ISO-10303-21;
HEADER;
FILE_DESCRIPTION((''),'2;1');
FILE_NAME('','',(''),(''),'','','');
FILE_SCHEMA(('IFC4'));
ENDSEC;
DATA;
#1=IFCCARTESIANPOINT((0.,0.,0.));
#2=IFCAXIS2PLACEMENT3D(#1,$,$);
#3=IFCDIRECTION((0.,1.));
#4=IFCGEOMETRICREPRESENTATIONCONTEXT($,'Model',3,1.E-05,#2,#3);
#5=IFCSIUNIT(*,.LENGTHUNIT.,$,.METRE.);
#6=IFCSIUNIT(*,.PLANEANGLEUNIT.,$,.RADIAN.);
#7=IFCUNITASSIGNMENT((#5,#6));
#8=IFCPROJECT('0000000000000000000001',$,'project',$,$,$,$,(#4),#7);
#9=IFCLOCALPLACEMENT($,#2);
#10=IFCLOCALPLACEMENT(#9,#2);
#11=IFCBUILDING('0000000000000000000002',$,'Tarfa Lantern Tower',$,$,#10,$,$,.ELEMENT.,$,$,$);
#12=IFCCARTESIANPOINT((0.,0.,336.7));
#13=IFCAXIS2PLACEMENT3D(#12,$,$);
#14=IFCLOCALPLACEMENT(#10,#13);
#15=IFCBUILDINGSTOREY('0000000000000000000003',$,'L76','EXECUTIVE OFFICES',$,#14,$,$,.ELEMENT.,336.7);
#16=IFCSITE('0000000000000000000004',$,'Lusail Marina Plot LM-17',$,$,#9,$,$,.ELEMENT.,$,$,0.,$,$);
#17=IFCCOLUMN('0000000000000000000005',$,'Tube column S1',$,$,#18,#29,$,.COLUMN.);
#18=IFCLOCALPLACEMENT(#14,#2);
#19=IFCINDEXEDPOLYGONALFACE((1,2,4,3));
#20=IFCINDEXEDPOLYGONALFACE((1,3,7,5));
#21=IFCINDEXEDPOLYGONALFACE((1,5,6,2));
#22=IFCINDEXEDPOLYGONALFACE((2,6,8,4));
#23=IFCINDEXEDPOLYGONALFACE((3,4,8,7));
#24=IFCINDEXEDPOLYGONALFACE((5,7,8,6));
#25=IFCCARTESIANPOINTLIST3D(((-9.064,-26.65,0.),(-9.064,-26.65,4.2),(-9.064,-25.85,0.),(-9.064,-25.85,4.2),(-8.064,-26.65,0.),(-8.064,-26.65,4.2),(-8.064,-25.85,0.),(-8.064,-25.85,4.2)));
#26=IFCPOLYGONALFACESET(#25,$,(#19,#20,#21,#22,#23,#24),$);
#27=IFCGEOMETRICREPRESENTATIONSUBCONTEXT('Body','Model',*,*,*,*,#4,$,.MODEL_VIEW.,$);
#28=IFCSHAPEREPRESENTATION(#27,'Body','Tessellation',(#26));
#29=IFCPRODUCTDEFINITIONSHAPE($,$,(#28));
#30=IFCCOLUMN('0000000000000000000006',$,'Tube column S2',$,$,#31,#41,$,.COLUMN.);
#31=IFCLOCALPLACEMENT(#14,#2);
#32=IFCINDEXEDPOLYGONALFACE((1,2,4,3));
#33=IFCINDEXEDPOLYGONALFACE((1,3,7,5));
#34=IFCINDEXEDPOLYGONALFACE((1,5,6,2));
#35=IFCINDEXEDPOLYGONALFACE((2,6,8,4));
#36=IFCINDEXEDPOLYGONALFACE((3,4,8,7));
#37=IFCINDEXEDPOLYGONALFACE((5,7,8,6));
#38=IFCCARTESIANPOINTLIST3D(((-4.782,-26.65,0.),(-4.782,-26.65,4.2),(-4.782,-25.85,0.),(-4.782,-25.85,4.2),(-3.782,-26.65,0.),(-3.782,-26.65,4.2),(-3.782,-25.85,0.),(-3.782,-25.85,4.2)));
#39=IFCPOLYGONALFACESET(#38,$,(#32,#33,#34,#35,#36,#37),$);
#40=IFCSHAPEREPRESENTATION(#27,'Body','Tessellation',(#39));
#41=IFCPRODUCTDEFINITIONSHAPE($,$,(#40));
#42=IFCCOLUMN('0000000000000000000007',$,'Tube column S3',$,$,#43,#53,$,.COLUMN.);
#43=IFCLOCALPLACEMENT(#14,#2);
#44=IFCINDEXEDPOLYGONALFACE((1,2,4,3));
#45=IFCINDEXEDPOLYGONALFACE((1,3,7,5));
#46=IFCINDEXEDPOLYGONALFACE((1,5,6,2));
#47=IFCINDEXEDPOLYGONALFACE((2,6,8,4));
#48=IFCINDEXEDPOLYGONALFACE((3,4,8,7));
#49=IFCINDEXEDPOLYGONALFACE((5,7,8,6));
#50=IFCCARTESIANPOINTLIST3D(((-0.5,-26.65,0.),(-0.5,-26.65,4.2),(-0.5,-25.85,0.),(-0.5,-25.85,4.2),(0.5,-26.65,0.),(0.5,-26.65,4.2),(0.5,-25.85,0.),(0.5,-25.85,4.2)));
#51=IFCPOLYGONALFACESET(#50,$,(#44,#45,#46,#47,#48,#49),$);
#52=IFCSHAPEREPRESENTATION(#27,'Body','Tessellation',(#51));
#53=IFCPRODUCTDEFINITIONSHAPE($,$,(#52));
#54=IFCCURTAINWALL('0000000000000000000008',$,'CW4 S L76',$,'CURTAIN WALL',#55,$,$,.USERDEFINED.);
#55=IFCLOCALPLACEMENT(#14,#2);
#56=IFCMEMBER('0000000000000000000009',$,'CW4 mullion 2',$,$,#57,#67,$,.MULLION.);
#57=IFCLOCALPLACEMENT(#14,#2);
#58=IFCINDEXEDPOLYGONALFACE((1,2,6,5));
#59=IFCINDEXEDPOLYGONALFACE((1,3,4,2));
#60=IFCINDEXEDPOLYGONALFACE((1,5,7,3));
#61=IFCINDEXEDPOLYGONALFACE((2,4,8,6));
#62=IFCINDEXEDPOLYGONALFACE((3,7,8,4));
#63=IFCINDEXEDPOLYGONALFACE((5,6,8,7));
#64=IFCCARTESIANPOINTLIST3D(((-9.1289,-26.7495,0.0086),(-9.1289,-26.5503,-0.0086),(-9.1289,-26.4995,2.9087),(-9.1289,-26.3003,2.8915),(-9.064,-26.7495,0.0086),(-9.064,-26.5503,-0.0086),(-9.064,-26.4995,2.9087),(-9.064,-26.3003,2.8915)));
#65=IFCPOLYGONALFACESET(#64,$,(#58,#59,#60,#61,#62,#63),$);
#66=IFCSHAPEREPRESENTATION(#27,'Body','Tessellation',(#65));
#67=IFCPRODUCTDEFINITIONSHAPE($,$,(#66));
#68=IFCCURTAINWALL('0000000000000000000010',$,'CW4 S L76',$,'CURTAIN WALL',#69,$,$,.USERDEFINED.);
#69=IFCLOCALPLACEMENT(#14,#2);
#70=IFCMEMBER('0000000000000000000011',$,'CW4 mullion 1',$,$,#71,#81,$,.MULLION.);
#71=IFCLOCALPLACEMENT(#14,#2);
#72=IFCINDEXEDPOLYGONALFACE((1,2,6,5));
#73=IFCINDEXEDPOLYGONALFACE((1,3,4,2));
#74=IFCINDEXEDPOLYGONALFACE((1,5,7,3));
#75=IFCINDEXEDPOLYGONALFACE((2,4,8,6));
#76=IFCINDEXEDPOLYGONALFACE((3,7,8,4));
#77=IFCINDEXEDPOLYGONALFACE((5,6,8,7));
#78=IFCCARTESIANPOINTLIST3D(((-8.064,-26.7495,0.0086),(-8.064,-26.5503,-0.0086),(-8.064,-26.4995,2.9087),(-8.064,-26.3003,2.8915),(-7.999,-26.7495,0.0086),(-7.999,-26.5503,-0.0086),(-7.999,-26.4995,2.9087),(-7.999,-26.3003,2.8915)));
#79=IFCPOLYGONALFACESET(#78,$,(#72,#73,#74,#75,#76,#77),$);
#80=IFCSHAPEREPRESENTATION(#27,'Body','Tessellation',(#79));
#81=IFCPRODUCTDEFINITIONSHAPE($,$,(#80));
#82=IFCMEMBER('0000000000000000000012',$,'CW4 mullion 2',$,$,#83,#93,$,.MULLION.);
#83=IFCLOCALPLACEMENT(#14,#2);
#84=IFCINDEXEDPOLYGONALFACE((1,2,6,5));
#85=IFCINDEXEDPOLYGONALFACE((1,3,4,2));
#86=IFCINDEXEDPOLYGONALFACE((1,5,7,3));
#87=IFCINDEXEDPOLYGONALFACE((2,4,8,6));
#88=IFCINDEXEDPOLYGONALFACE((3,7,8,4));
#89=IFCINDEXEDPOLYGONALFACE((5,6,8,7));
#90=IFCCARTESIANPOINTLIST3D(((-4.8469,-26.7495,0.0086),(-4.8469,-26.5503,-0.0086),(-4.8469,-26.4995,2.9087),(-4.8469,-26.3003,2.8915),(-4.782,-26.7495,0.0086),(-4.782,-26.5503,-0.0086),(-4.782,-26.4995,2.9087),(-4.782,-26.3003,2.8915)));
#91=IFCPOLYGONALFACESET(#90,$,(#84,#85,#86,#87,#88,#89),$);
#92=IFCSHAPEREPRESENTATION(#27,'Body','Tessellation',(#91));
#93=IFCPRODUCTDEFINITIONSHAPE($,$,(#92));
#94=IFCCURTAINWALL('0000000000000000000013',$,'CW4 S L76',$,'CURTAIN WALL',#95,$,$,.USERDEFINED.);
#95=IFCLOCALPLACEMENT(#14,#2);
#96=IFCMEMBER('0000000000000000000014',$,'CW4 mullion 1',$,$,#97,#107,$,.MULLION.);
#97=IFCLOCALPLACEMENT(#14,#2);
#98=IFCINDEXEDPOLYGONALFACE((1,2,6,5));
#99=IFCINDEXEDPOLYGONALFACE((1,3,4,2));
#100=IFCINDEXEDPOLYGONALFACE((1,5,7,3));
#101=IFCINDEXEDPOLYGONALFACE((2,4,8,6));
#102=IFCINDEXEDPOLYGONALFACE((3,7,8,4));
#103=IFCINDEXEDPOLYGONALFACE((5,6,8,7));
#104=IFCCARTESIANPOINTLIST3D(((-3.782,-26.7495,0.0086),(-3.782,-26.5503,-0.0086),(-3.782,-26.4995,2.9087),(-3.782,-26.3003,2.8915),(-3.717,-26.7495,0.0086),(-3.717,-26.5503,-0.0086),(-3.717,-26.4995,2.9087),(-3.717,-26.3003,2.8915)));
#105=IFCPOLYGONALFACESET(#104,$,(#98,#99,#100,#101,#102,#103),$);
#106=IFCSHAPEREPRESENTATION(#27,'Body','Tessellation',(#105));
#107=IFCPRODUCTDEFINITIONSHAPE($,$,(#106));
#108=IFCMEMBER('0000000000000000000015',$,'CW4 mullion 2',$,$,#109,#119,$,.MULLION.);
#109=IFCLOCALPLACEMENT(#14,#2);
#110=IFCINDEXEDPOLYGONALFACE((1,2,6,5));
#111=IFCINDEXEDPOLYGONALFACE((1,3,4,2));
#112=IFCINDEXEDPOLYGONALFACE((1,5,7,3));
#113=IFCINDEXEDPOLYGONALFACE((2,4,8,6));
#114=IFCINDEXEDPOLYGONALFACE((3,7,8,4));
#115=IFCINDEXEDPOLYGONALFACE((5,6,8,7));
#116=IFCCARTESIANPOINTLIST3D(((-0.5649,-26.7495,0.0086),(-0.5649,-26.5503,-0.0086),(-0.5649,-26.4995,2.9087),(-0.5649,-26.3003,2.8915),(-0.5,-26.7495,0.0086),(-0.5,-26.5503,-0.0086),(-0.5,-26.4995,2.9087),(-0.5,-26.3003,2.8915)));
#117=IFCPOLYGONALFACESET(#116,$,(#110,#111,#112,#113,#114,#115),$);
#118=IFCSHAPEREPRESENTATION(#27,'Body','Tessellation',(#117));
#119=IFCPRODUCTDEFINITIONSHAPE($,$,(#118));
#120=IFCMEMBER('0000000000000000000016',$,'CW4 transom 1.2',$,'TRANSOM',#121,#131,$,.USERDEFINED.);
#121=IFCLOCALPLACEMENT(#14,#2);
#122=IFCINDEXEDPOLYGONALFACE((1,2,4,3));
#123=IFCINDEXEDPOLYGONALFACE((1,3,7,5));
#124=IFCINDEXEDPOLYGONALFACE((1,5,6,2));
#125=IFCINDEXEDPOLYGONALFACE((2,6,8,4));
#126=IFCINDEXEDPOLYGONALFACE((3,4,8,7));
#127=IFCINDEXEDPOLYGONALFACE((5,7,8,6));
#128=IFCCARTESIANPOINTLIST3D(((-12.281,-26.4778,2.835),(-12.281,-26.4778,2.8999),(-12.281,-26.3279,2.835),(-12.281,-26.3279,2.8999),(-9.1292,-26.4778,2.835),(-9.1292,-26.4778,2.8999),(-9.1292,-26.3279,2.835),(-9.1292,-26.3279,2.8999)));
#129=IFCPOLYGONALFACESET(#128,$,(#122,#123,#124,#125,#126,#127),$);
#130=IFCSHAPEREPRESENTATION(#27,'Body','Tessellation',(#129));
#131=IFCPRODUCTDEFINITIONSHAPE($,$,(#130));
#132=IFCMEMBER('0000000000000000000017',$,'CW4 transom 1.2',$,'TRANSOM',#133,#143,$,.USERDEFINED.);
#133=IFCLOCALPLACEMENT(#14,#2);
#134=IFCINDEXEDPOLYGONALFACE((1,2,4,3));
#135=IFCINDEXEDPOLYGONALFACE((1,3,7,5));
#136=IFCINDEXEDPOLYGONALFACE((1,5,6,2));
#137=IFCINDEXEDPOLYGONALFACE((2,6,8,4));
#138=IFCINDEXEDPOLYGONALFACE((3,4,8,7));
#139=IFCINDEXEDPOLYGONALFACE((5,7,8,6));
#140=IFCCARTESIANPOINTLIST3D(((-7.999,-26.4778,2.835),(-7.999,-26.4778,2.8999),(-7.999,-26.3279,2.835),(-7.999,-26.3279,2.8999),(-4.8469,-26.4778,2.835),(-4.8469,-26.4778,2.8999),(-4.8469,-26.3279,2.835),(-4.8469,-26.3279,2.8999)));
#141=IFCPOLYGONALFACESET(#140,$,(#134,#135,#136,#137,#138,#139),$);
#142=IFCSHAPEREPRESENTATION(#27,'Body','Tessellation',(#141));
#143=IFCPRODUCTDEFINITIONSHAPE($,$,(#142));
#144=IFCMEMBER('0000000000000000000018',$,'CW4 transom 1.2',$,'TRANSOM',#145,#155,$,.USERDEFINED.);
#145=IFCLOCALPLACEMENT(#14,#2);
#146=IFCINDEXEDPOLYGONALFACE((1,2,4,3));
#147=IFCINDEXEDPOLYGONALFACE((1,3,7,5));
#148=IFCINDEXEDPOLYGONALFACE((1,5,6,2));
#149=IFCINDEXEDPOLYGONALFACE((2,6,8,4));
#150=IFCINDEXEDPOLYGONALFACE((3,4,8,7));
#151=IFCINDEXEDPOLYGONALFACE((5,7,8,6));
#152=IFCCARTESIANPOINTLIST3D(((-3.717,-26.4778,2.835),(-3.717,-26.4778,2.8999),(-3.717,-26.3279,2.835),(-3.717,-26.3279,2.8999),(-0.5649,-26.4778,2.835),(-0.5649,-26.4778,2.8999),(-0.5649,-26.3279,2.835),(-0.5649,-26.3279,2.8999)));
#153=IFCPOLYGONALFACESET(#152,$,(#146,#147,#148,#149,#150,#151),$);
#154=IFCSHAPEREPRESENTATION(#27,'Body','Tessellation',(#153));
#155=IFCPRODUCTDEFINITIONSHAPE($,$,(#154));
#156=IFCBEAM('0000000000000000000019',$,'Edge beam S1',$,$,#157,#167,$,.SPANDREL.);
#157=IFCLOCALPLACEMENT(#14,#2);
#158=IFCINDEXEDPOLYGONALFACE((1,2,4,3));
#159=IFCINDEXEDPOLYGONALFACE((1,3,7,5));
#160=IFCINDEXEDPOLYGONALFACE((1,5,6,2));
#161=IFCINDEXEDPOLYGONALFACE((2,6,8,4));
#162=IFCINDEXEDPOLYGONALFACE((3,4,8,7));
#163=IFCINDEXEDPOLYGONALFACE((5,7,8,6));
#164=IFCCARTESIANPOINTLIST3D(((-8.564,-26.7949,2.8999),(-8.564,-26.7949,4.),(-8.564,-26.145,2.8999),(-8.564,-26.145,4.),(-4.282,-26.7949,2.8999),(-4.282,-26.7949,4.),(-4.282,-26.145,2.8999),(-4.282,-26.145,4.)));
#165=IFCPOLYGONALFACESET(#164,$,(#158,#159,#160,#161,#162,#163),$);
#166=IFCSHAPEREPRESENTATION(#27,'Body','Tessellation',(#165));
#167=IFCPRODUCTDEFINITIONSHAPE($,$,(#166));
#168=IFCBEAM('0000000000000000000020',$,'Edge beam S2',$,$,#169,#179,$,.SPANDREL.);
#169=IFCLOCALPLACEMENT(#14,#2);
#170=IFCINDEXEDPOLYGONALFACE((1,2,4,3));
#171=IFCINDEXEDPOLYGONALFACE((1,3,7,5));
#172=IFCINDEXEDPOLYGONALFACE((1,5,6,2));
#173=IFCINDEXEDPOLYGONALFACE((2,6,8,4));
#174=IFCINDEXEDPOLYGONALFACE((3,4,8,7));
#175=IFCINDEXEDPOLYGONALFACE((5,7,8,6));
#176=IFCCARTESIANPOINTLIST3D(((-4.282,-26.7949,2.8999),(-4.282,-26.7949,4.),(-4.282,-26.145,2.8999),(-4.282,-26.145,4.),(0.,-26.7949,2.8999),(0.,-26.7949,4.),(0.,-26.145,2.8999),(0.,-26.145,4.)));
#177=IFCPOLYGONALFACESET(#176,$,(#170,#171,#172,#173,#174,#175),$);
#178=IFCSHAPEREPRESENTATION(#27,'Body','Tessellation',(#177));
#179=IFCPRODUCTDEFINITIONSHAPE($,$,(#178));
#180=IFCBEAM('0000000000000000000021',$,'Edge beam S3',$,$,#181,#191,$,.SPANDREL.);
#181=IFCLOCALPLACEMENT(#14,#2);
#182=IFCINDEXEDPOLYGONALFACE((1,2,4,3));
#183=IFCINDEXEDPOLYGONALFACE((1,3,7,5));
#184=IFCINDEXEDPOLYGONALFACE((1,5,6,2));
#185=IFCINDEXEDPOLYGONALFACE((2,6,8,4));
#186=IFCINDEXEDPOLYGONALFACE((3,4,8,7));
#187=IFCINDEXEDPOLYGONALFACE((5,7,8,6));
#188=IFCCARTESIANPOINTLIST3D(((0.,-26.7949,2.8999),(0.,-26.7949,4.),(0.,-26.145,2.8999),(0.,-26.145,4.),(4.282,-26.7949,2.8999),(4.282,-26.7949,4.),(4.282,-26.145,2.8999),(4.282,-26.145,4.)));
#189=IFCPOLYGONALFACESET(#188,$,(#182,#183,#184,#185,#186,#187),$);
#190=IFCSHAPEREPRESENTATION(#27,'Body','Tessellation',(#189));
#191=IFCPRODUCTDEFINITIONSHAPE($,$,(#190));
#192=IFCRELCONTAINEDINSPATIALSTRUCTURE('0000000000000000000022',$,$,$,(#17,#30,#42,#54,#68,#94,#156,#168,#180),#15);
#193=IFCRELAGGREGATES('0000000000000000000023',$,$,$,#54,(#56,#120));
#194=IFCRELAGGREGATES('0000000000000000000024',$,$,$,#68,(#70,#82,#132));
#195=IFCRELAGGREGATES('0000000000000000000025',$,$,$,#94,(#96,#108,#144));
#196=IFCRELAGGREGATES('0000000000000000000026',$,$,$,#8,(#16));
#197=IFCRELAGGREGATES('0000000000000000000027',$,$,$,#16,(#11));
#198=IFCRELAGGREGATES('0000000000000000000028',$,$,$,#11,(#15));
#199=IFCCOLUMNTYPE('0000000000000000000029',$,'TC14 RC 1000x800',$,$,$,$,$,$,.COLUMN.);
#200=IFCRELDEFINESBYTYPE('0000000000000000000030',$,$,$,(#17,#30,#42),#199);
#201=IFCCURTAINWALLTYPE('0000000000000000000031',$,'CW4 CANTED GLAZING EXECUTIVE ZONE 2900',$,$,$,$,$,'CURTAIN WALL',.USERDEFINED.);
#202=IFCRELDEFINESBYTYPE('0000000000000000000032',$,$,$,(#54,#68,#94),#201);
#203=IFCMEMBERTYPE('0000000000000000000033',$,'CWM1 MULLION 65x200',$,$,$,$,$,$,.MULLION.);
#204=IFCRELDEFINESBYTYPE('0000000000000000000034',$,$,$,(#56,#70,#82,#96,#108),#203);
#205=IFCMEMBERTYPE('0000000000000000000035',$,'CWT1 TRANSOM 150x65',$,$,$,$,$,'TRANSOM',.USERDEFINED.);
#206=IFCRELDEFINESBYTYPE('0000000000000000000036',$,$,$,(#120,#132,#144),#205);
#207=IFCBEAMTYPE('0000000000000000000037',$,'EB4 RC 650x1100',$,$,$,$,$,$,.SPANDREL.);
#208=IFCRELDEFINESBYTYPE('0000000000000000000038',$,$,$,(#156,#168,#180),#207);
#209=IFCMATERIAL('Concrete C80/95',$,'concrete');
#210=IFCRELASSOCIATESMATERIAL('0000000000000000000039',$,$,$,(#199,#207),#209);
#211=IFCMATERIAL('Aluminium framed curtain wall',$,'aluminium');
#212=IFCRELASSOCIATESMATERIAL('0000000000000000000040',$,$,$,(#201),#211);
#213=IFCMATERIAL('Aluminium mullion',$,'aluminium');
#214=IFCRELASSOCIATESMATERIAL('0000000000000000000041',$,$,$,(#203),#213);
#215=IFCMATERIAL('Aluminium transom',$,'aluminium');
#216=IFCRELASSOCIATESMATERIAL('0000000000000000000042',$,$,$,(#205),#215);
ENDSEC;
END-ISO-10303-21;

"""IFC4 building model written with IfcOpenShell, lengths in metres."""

from ifc_helpers import new_model, si_unit, direction, frame, origin, origin_2d, place, context, subcontext, project, spatial, rectangle, extrude, material, material_profile, profile_set, type_object, element, aggregate, save


model = new_model("IFC4")

# Units and contexts
model_context = context("Model", 3, precision=1e-05, world=origin(), true_north=direction((0.0, 1.0)))
body_context = subcontext(model_context, "Body", "Model", "MODEL_VIEW")
ifc_project = project(units=[si_unit("LENGTHUNIT", "METRE"), si_unit("PLANEANGLEUNIT", "RADIAN")], contexts=[model_context])

# Site, building, storey
site_placement = place(None, origin())
site = spatial("IfcSite", under=ifc_project, at=site_placement, Name="Lusail Marina Plot LM-17", CompositionType="ELEMENT", RefElevation=0.0)
building_placement = place(site_placement, origin())
building = spatial("IfcBuilding", under=site, at=building_placement, Name="Tarfa Lantern Tower", CompositionType="ELEMENT")
storey_placement = place(building_placement, frame((0.0, 0.0, 336.7)))
storey = spatial("IfcBuildingStorey", under=building, at=storey_placement, Name="L76", Description="EXECUTIVE OFFICES", CompositionType="ELEMENT", Elevation=336.7)

# Columns
ifc_material_1 = material(Name="Concrete C80/95", Category="concrete")
ifc_material_profile_1 = material_profile(ifc_material_1, rectangle(XDim=1.0, YDim=0.8, at=origin_2d()), Name="RC 1000x800")
ifc_profile_set_1 = profile_set([ifc_material_profile_1], Name="Concrete C80/95")
column_type = type_object("IfcColumnType", Name="TC14 RC 1000x800", PredefinedType="COLUMN", material=ifc_profile_set_1)
for number, where, z_axis, x_axis, name in (
    (1, (-8.564, -26.25, 0.0), (0.0, 0.0, 1.0), (1.0, 0.0, 0.0), "Tube column S1"),
    (2, (-4.282, -26.25, 0.0), (0.0, 0.0, 1.0), (1.0, 0.0, 0.0), "Tube column S2"),
    (3, (0.0, -26.25, 0.0), (0.0, 0.0, 1.0), (1.0, 0.0, 0.0), "Tube column S3"),
):
    element("IfcColumn", number, at=place(storey_placement, frame(where, z_axis=z_axis, x_axis=x_axis)), inside=storey, type_object=column_type, Name=name, PredefinedType="COLUMN", context=body_context, shape_type="SweptSolid", body=[
        extrude(rectangle(XDim=1.0, YDim=0.8, at=origin_2d()), origin(), (0.0, 0.0, 1.0), 4.2),
    ])

# Curtain wall, member
ifc_material_2 = material(Name="Aluminium framed curtain wall", Category="aluminium")
curtain_wall_type = type_object("IfcCurtainWallType", Name="CW4 CANTED GLAZING EXECUTIVE ZONE 2900", ElementType="CURTAIN WALL", PredefinedType="USERDEFINED", material=ifc_material_2)
curtain_wall_1_placement = place(storey_placement, origin())
curtain_wall_1 = element("IfcCurtainWall", 4, at=curtain_wall_1_placement, inside=storey, type_object=curtain_wall_type, Name="CW4 S L76", ObjectType="CURTAIN WALL", PredefinedType="USERDEFINED")
ifc_material_3 = material(Name="Aluminium mullion", Category="aluminium")
ifc_material_profile_2 = material_profile(ifc_material_3, rectangle(XDim=0.0649, YDim=0.2, at=origin_2d()), Name="AL MULLION 65x200")
ifc_profile_set_2 = profile_set([ifc_material_profile_2], Name="Aluminium mullion")
member_type_1 = type_object("IfcMemberType", Name="CWM1 MULLION 65x200", PredefinedType="MULLION", material=ifc_profile_set_2)
member_1_placement = place(storey_placement, frame((-9.0964, -26.6499, 0.0), z_axis=(0.0, 0.085884, 0.996305), x_axis=(-1.0, 0.0, 0.0)))
member_1 = element("IfcMember", 5, at=member_1_placement, type_object=member_type_1, Name="CW4 mullion 2", PredefinedType="MULLION", context=body_context, shape_type="SweptSolid", body=[
    extrude(rectangle(XDim=0.0649, YDim=0.2, at=origin_2d()), origin(), (0.0, 0.0, 1.0), 2.9109),
])

# Curtain walls, members
curtain_wall_2_placement = place(storey_placement, origin())
curtain_wall_2 = element("IfcCurtainWall", 6, at=curtain_wall_2_placement, inside=storey, type_object=curtain_wall_type, Name="CW4 S L76", ObjectType="CURTAIN WALL", PredefinedType="USERDEFINED")
member_2_placement = place(storey_placement, frame((-8.0315, -26.6499, 0.0), z_axis=(0.0, 0.085884, 0.996305), x_axis=(-1.0, 0.0, 0.0)))
member_2 = element("IfcMember", 7, at=member_2_placement, type_object=member_type_1, Name="CW4 mullion 1", PredefinedType="MULLION", context=body_context, shape_type="SweptSolid", body=[
    extrude(rectangle(XDim=0.0649, YDim=0.2, at=origin_2d()), origin(), (0.0, 0.0, 1.0), 2.9109),
])
member_3_placement = place(storey_placement, frame((-4.8145, -26.6499, 0.0), z_axis=(0.0, 0.085884, 0.996305), x_axis=(-1.0, 0.0, 0.0)))
member_3 = element("IfcMember", 8, at=member_3_placement, type_object=member_type_1, Name="CW4 mullion 2", PredefinedType="MULLION", context=body_context, shape_type="SweptSolid", body=[
    extrude(rectangle(XDim=0.0649, YDim=0.2, at=origin_2d()), origin(), (0.0, 0.0, 1.0), 2.9109),
])
curtain_wall_3_placement = place(storey_placement, origin())
curtain_wall_3 = element("IfcCurtainWall", 9, at=curtain_wall_3_placement, inside=storey, type_object=curtain_wall_type, Name="CW4 S L76", ObjectType="CURTAIN WALL", PredefinedType="USERDEFINED")
member_4_placement = place(storey_placement, frame((-3.7495, -26.6499, 0.0), z_axis=(0.0, 0.085884, 0.996305), x_axis=(-1.0, 0.0, 0.0)))
member_4 = element("IfcMember", 10, at=member_4_placement, type_object=member_type_1, Name="CW4 mullion 1", PredefinedType="MULLION", context=body_context, shape_type="SweptSolid", body=[
    extrude(rectangle(XDim=0.0649, YDim=0.2, at=origin_2d()), origin(), (0.0, 0.0, 1.0), 2.9109),
])
member_5_placement = place(storey_placement, frame((-0.5325, -26.6499, 0.0), z_axis=(0.0, 0.085884, 0.996305), x_axis=(-1.0, 0.0, 0.0)))
member_5 = element("IfcMember", 11, at=member_5_placement, type_object=member_type_1, Name="CW4 mullion 2", PredefinedType="MULLION", context=body_context, shape_type="SweptSolid", body=[
    extrude(rectangle(XDim=0.0649, YDim=0.2, at=origin_2d()), origin(), (0.0, 0.0, 1.0), 2.9109),
])

# Members
ifc_material_4 = material(Name="Aluminium transom", Category="aluminium")
ifc_material_profile_3 = material_profile(ifc_material_4, rectangle(XDim=0.1499, YDim=0.0649, at=origin_2d()), Name="AL TRANSOM 150x65")
ifc_profile_set_3 = profile_set([ifc_material_profile_3], Name="Aluminium transom")
member_type_2 = type_object("IfcMemberType", Name="CWT1 TRANSOM 150x65", ElementType="TRANSOM", PredefinedType="USERDEFINED", material=ifc_profile_set_3)
member_6_placement = place(storey_placement, frame((-12.281, -26.4028, 2.8674), z_axis=(1.0, 0.0, 0.0), x_axis=(0.0, 1.0, 0.0)))
member_6 = element("IfcMember", 12, at=member_6_placement, type_object=member_type_2, Name="CW4 transom 1.2", ObjectType="TRANSOM", PredefinedType="USERDEFINED", context=body_context, shape_type="SweptSolid", body=[
    extrude(rectangle(XDim=0.1499, YDim=0.0649, at=origin_2d()), origin(), (0.0, 0.0, 1.0), 3.1519),
])
aggregate(curtain_wall_1, [member_1, member_6])
member_7_placement = place(storey_placement, frame((-7.999, -26.4028, 2.8674), z_axis=(1.0, 0.0, 0.0), x_axis=(0.0, 1.0, 0.0)))
member_7 = element("IfcMember", 13, at=member_7_placement, type_object=member_type_2, Name="CW4 transom 1.2", ObjectType="TRANSOM", PredefinedType="USERDEFINED", context=body_context, shape_type="SweptSolid", body=[
    extrude(rectangle(XDim=0.1499, YDim=0.0649, at=origin_2d()), origin(), (0.0, 0.0, 1.0), 3.1521),
])
member_8_placement = place(storey_placement, frame((-3.717, -26.4028, 2.8674), z_axis=(1.0, 0.0, 0.0), x_axis=(0.0, 1.0, 0.0)))
member_8 = element("IfcMember", 14, at=member_8_placement, type_object=member_type_2, Name="CW4 transom 1.2", ObjectType="TRANSOM", PredefinedType="USERDEFINED", context=body_context, shape_type="SweptSolid", body=[
    extrude(rectangle(XDim=0.1499, YDim=0.0649, at=origin_2d()), origin(), (0.0, 0.0, 1.0), 3.1521),
])

# Beams
ifc_material_profile_4 = material_profile(ifc_material_1, rectangle(XDim=0.6499, YDim=1.1001, at=origin_2d()), Name="RC 650x1100")
ifc_profile_set_4 = profile_set([ifc_material_profile_4], Name="Concrete C80/95")
beam_type_1 = type_object("IfcBeamType", Name="EB4 RC 650x1100", PredefinedType="SPANDREL", material=ifc_profile_set_4)
for number, where, z_axis, x_axis, name in (
    (15, (-8.564, -26.47, 3.45), (1.0, 0.0, 0.0), (0.0, 1.0, 0.0), "Edge beam S1"),
    (16, (-4.282, -26.47, 3.45), (1.0, 0.0, 0.0), (0.0, 1.0, 0.0), "Edge beam S2"),
    (17, (0.0, -26.47, 3.45), (1.0, 0.0, 0.0), (0.0, 1.0, 0.0), "Edge beam S3"),
):
    element("IfcBeam", number, at=place(storey_placement, frame(where, z_axis=z_axis, x_axis=x_axis)), inside=storey, type_object=beam_type_1, Name=name, PredefinedType="SPANDREL", context=body_context, shape_type="SweptSolid", body=[
        extrude(rectangle(XDim=0.6499, YDim=1.1001, at=origin_2d()), origin(), (0.0, 0.0, 1.0), 4.282),
    ])

aggregate(curtain_wall_2, [member_2, member_3, member_7])
aggregate(curtain_wall_3, [member_4, member_5, member_8])

save(model, "model.ifc")
